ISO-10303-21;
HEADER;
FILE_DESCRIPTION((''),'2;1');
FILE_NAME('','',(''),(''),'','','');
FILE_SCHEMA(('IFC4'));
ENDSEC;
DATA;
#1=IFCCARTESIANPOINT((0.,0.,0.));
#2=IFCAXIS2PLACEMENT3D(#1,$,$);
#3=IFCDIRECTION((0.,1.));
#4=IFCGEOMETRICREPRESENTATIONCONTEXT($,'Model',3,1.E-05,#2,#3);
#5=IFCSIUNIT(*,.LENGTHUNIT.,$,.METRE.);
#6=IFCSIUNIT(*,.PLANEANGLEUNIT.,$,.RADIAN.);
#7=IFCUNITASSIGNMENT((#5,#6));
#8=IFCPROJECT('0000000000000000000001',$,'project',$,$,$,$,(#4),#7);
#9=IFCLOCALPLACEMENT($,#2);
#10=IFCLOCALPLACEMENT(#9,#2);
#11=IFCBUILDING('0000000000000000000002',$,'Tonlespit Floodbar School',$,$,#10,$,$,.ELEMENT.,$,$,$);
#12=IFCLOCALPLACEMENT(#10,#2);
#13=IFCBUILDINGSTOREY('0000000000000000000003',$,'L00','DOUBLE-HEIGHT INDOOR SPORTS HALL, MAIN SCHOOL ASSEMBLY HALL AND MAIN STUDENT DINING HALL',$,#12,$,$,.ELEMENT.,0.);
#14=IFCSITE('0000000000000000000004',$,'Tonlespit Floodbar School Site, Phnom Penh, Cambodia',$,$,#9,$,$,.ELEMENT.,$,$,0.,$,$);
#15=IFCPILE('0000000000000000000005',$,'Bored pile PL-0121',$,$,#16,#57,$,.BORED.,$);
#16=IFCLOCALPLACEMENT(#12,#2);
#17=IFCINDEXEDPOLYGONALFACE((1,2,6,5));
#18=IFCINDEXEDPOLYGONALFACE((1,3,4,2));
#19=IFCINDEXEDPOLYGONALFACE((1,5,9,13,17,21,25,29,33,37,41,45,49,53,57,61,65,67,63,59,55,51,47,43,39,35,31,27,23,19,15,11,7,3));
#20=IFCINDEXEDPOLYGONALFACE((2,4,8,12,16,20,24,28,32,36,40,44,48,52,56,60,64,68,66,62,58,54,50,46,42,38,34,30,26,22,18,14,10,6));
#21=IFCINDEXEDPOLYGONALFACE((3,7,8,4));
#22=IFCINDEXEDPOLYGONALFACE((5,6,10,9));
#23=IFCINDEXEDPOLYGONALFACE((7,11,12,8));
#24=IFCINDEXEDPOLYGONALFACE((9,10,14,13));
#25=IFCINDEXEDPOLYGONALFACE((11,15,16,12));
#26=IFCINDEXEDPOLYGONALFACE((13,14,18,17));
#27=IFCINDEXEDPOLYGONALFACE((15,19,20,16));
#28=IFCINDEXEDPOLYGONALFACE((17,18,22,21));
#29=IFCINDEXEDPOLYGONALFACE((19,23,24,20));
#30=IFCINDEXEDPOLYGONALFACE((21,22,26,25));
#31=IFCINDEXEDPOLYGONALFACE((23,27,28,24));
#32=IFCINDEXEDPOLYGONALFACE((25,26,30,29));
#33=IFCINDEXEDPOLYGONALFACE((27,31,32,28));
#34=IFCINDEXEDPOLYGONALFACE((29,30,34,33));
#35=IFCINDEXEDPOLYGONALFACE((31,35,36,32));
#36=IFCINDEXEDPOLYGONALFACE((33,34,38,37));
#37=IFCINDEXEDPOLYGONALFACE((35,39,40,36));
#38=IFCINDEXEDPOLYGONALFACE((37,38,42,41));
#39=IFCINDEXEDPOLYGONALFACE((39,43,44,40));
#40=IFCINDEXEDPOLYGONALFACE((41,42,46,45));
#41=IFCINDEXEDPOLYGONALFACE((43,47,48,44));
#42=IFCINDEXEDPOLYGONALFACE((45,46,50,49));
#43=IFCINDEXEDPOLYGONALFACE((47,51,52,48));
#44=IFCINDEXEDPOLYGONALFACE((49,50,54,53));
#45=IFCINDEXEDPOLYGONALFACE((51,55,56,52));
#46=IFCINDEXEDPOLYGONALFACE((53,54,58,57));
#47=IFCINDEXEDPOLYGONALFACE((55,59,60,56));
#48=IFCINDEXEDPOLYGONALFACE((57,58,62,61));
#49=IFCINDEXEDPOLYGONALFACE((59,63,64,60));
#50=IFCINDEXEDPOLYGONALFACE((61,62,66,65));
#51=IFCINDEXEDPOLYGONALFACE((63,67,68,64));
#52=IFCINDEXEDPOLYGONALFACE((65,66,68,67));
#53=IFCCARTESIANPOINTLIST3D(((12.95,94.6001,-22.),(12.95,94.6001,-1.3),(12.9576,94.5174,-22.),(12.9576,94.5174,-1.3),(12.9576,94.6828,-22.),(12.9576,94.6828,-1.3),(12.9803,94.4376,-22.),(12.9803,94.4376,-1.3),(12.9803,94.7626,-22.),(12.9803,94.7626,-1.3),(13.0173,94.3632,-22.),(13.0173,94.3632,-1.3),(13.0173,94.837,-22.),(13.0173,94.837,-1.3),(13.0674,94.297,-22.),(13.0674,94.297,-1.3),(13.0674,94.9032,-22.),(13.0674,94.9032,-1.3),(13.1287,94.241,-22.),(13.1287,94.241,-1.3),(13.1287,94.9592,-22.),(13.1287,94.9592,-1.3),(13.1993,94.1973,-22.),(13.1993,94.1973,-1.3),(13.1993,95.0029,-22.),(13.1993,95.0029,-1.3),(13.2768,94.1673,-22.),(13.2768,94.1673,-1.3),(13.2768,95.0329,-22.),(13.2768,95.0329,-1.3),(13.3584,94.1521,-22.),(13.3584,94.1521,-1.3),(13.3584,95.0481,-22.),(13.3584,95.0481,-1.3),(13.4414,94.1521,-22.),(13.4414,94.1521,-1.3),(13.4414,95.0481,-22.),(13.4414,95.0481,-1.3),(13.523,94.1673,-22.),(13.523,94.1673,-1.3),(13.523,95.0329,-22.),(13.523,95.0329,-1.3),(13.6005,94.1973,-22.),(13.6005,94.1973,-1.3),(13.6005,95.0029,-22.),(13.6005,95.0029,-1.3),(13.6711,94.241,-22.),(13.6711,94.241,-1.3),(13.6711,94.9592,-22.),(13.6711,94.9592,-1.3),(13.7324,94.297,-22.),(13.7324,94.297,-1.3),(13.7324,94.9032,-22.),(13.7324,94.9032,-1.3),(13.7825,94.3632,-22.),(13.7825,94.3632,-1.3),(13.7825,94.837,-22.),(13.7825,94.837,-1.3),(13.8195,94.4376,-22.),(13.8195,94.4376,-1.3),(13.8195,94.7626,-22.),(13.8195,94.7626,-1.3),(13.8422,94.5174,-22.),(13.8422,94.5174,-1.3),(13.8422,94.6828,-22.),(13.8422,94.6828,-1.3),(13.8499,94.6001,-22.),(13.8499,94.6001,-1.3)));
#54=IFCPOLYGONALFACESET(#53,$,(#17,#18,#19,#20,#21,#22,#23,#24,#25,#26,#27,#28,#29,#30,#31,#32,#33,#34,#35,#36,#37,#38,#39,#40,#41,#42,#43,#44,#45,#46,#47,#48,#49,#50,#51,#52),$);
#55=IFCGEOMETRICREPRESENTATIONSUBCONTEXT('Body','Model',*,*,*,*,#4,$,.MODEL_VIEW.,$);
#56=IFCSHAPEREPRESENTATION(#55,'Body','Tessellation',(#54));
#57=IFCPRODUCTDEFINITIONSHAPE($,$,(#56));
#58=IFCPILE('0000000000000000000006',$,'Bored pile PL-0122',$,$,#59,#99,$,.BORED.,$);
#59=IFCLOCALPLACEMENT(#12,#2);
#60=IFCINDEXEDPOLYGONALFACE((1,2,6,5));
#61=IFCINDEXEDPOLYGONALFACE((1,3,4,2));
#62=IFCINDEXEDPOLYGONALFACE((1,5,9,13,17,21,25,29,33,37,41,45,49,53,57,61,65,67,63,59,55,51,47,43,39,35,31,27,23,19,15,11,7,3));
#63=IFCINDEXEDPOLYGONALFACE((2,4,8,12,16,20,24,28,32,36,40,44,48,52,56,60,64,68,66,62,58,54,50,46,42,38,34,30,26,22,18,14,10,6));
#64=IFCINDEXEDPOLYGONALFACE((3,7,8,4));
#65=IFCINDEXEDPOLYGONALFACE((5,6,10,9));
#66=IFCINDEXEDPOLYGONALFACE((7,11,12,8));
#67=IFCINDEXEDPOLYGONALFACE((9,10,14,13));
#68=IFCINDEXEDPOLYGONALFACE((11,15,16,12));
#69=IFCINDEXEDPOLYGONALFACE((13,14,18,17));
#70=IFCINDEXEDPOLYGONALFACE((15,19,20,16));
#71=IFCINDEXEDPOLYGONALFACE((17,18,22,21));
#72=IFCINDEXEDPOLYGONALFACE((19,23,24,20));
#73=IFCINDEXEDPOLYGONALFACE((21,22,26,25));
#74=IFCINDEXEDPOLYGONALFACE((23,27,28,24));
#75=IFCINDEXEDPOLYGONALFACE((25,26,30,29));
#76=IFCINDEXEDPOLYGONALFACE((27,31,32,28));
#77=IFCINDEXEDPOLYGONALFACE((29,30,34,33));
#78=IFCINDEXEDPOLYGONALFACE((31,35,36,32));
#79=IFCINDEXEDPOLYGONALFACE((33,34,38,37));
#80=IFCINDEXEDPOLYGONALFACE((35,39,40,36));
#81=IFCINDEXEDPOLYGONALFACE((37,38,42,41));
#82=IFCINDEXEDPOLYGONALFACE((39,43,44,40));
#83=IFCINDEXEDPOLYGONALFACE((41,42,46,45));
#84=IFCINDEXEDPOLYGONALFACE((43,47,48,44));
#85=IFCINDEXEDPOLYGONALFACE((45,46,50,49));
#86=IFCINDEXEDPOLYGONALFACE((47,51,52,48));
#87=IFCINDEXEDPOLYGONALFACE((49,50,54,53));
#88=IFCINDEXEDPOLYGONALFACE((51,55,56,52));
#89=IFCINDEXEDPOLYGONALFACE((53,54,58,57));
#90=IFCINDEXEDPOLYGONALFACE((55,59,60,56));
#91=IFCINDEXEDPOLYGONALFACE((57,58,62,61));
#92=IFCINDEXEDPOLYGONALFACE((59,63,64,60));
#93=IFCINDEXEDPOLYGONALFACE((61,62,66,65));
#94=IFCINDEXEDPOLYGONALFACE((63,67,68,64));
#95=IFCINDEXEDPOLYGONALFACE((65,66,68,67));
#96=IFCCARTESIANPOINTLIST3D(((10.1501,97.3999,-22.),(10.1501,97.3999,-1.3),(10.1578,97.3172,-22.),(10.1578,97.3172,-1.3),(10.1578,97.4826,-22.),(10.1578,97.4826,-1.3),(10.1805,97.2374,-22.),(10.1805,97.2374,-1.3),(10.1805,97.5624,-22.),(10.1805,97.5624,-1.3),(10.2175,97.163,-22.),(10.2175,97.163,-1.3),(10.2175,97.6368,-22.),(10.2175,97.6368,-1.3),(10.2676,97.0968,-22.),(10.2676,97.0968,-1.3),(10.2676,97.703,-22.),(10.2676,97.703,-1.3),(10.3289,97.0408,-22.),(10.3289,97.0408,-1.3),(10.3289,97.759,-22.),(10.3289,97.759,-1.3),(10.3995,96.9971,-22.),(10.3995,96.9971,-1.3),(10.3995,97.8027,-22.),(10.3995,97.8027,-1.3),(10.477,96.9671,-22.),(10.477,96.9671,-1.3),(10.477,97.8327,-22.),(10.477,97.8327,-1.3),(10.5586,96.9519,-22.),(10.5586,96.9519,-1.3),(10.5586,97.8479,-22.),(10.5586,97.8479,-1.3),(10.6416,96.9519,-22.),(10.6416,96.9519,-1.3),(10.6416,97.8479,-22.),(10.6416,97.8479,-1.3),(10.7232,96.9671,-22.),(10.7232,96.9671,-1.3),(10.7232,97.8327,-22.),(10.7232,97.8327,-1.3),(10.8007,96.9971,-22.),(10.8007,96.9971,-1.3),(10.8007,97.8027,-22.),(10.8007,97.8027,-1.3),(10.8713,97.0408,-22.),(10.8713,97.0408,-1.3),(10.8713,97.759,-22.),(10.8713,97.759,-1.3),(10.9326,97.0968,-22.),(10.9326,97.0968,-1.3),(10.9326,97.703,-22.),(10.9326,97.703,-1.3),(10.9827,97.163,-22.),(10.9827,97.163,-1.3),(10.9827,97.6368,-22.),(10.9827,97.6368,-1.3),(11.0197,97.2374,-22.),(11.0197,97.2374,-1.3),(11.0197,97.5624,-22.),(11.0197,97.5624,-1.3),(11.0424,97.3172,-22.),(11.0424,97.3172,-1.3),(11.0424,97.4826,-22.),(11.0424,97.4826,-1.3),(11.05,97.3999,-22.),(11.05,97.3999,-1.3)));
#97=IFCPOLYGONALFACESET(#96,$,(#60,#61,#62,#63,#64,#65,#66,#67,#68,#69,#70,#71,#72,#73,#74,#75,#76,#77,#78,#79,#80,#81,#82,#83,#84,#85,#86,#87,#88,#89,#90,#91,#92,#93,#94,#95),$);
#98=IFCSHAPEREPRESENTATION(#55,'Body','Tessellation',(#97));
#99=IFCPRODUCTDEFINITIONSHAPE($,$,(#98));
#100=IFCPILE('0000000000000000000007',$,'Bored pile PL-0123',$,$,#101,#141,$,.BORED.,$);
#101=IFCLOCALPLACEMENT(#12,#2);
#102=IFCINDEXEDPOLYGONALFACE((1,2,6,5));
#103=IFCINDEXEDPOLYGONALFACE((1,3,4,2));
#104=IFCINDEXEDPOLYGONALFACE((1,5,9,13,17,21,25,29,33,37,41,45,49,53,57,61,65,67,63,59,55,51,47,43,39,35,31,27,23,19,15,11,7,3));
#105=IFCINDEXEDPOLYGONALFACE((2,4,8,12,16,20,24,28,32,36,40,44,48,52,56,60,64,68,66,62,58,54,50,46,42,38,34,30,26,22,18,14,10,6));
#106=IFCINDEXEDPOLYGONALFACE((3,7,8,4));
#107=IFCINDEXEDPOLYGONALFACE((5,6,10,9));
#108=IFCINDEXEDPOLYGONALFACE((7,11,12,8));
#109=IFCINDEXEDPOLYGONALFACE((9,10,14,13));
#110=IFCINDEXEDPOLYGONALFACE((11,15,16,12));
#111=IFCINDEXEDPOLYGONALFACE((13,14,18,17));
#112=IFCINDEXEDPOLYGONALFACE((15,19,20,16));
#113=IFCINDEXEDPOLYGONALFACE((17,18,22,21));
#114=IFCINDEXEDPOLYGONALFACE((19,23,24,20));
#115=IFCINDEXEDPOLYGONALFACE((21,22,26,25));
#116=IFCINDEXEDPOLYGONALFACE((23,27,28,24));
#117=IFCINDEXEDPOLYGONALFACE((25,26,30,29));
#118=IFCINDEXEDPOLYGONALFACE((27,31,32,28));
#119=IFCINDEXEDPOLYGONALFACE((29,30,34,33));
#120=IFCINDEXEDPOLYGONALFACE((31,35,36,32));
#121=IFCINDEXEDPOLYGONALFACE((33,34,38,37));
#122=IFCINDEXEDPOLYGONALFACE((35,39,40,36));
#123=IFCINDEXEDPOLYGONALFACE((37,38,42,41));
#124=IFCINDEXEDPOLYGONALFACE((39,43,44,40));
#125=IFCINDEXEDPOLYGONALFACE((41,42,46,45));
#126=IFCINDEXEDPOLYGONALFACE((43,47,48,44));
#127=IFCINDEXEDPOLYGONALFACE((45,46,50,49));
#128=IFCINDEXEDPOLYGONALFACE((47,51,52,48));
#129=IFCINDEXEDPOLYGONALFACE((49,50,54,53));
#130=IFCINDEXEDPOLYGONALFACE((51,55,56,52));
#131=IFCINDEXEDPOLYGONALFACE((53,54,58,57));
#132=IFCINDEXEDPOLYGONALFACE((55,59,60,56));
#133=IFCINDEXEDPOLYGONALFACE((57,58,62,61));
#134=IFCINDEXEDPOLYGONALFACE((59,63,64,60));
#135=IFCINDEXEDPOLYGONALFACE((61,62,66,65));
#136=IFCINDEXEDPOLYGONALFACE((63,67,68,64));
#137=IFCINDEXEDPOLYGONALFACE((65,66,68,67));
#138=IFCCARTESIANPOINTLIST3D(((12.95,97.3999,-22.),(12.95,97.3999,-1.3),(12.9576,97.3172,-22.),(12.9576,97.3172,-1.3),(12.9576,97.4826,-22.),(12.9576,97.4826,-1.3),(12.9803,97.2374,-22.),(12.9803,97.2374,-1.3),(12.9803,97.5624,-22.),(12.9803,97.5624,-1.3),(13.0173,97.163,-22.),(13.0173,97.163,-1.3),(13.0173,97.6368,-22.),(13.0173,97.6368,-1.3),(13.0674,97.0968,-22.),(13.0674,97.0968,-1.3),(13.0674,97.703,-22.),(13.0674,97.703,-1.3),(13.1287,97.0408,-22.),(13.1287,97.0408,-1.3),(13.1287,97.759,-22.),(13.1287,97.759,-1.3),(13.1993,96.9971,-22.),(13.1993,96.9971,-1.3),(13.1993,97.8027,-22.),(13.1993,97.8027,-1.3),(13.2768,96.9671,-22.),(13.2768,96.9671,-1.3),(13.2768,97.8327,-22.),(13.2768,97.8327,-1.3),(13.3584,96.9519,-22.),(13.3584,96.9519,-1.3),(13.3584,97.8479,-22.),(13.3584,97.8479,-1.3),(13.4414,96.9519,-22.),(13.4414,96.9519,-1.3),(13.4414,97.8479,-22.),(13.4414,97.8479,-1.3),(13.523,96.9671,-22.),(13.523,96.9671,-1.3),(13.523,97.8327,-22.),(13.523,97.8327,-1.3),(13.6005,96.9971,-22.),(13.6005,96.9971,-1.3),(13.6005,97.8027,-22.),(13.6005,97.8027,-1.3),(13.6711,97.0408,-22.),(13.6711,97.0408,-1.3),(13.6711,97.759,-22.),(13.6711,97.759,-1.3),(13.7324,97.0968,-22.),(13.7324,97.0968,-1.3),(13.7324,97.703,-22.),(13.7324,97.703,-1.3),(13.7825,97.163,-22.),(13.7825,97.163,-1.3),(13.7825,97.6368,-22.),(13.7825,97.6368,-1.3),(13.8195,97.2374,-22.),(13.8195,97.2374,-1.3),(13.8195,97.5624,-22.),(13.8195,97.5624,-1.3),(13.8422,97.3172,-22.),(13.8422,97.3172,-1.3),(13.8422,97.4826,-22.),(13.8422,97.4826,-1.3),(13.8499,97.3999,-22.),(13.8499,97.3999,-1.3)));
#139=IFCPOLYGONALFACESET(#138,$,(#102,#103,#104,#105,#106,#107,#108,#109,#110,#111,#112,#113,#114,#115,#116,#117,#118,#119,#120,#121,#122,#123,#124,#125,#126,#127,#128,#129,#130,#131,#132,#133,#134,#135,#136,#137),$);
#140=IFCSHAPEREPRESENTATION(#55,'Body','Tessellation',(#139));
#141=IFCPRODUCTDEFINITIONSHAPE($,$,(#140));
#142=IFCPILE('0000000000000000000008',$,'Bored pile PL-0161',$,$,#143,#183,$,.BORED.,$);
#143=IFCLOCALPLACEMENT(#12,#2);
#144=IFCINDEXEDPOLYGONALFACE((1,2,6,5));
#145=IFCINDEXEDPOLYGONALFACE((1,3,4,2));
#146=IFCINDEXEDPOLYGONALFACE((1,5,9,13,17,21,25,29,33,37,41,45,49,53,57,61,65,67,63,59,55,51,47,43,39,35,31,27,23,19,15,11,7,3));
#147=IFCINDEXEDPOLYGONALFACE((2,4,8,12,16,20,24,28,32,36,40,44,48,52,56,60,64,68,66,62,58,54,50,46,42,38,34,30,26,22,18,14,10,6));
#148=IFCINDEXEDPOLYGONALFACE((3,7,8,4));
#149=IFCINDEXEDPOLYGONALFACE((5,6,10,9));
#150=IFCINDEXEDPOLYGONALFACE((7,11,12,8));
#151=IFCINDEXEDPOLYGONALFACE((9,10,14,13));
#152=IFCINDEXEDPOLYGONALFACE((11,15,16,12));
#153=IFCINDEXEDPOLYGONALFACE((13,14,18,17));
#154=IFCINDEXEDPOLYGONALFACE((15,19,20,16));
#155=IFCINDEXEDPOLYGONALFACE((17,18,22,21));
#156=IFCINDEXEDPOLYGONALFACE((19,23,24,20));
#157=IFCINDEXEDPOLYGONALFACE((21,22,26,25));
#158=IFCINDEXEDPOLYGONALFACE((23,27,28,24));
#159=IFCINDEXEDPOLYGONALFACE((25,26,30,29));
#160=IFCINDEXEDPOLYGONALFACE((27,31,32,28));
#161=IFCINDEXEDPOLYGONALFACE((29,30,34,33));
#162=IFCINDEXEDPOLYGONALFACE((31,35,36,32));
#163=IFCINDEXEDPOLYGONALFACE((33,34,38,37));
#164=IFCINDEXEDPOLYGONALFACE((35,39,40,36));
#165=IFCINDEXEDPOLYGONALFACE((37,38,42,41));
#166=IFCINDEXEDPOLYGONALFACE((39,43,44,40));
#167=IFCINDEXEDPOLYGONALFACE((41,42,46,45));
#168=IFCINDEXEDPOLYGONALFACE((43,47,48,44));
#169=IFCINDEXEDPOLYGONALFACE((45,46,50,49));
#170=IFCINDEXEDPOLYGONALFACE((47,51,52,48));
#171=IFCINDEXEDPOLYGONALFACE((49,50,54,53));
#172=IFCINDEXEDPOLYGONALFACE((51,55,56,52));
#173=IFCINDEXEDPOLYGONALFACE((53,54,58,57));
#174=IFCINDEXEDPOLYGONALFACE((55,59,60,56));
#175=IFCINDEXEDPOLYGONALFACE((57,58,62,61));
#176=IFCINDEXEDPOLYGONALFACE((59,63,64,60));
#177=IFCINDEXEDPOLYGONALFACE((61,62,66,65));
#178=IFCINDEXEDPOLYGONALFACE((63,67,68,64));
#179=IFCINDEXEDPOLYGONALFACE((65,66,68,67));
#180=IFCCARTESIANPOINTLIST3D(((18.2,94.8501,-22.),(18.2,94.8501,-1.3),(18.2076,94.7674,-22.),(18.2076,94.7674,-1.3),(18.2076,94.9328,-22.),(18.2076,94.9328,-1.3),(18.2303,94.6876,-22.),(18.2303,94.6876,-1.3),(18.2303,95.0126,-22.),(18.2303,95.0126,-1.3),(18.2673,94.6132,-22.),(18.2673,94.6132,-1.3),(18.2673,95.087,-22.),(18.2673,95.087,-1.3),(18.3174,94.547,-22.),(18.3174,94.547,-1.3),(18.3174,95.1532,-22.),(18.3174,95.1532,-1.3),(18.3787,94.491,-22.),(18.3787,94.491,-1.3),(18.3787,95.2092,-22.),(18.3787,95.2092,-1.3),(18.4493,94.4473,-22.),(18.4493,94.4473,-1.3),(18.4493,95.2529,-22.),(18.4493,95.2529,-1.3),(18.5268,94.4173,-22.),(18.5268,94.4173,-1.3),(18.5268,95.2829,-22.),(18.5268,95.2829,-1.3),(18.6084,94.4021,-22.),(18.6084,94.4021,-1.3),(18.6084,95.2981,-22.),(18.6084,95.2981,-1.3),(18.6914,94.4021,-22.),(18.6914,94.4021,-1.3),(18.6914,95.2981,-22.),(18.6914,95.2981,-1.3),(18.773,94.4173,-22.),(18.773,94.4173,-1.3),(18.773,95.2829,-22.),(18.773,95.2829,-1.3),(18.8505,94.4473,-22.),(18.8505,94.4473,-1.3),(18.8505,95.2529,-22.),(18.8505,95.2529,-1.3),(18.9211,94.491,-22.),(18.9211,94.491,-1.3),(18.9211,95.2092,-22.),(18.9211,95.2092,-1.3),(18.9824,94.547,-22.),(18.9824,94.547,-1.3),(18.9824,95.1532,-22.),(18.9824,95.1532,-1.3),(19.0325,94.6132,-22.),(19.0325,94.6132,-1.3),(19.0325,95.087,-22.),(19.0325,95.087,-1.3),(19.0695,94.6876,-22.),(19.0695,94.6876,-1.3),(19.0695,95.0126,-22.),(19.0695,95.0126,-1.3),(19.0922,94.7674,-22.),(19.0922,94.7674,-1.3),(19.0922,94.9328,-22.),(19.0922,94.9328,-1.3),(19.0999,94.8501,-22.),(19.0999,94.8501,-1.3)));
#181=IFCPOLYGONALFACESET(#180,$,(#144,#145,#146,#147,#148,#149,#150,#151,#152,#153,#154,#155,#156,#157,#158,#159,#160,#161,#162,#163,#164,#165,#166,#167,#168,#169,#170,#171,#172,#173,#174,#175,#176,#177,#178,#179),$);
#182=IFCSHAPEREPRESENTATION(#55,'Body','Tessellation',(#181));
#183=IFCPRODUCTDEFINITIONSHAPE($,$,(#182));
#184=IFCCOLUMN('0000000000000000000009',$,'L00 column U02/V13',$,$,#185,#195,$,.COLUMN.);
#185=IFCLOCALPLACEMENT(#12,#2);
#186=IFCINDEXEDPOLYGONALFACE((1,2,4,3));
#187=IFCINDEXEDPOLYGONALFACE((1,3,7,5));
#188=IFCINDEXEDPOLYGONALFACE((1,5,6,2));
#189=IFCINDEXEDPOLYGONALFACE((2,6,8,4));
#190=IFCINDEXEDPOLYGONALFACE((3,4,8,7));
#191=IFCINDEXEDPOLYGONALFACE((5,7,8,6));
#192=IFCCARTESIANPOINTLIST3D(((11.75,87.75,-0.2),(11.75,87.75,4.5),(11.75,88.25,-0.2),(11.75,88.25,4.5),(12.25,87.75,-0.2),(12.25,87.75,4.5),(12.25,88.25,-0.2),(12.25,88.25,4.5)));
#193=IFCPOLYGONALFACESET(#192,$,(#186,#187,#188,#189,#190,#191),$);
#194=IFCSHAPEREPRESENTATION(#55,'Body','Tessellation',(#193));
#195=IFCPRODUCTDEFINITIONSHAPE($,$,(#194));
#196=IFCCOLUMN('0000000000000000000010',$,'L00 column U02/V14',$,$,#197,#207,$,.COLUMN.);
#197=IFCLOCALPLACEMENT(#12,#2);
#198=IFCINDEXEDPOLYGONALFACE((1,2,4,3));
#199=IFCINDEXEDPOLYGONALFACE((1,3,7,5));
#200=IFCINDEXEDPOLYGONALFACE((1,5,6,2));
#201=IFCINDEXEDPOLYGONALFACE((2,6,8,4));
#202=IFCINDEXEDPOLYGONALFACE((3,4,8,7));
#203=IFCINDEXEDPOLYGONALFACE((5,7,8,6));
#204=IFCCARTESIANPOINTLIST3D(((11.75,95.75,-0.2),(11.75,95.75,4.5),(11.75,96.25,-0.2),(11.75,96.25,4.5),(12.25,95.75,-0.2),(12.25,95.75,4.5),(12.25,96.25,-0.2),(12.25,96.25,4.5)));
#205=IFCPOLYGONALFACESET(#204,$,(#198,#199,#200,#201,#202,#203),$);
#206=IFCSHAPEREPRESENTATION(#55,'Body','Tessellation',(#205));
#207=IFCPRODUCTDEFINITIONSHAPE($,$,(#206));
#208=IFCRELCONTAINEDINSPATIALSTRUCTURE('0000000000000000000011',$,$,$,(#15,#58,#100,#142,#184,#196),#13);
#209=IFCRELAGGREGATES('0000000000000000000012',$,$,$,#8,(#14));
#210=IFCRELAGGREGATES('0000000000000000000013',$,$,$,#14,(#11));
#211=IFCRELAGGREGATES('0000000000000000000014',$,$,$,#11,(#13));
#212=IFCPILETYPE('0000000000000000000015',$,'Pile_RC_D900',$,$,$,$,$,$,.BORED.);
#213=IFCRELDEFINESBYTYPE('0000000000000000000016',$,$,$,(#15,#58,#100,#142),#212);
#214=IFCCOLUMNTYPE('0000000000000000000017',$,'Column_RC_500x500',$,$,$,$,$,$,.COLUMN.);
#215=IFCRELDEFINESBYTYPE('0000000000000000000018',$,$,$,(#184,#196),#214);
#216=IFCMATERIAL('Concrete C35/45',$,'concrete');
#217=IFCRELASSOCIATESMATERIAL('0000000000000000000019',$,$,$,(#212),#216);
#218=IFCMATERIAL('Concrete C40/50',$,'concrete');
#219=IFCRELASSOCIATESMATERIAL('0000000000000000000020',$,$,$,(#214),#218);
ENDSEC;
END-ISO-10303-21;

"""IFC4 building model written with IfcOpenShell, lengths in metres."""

from ifc_helpers import new_model, si_unit, direction, frame, origin, origin_2d, place, context, subcontext, project, spatial, rectangle, circle, extrude, material, material_profile, profile_set, type_object, element, save


model = new_model("IFC4")

# Units and contexts
model_context = context("Model", 3, precision=1e-05, world=origin(), true_north=direction((0.0, 1.0)))
body_context = subcontext(model_context, "Body", "Model", "MODEL_VIEW")
ifc_project = project(units=[si_unit("LENGTHUNIT", "METRE"), si_unit("PLANEANGLEUNIT", "RADIAN")], contexts=[model_context])

# Site, building, storey
site_placement = place(None, origin())
site = spatial("IfcSite", under=ifc_project, at=site_placement, Name="Tonlespit Floodbar School Site, Phnom Penh, Cambodia", CompositionType="ELEMENT", RefElevation=0.0)
building_placement = place(site_placement, origin())
building = spatial("IfcBuilding", under=site, at=building_placement, Name="Tonlespit Floodbar School", CompositionType="ELEMENT")
storey_placement = place(building_placement, origin())
storey = spatial("IfcBuildingStorey", under=building, at=storey_placement, Name="L00", Description="DOUBLE-HEIGHT INDOOR SPORTS HALL, MAIN SCHOOL ASSEMBLY HALL AND MAIN STUDENT DINING HALL", CompositionType="ELEMENT", Elevation=0.0)

# Shared definitions
ifc_material_1 = material(Name="Concrete C40/50", Category="concrete")

# Piles
ifc_material_2 = material(Name="Concrete C35/45", Category="concrete")
ifc_material_profile_1 = material_profile(ifc_material_2, circle(Radius=0.45, at=origin_2d()), Name="BP D900")
ifc_profile_set_1 = profile_set([ifc_material_profile_1], Name="Concrete C35/45")
pile_type = type_object("IfcPileType", Name="Pile_RC_D900", PredefinedType="BORED", material=ifc_profile_set_1)
for number, where, z_axis, x_axis, name in (
    (1, (13.3999, 94.6001, -1.3), (0.0, 0.0, -1.0), (1.0, 0.0, 0.0), "Bored pile PL-0121"),
    (2, (10.6001, 97.3999, -1.3), (0.0, 0.0, -1.0), (1.0, 0.0, 0.0), "Bored pile PL-0122"),
    (3, (13.3999, 97.3999, -1.3), (0.0, 0.0, -1.0), (1.0, 0.0, 0.0), "Bored pile PL-0123"),
    (4, (18.6499, 94.8501, -1.3), (0.0, 0.0, -1.0), (1.0, 0.0, 0.0), "Bored pile PL-0161"),
):
    element("IfcPile", number, at=place(storey_placement, frame(where, z_axis=z_axis, x_axis=x_axis)), inside=storey, type_object=pile_type, Name=name, PredefinedType="BORED", context=body_context, shape_type="SweptSolid", body=[
        extrude(circle(Radius=0.45, at=origin_2d()), origin(), (0.0, 0.0, 1.0), 20.7),
    ])

# Columns
ifc_material_profile_2 = material_profile(ifc_material_1, rectangle(XDim=0.5, YDim=0.5, at=origin_2d()), Name="RC 500x500")
ifc_profile_set_2 = profile_set([ifc_material_profile_2], Name="Concrete C40/50")
column_type_1 = type_object("IfcColumnType", Name="Column_RC_500x500", PredefinedType="COLUMN", material=ifc_profile_set_2)
for number, where, z_axis, x_axis, name in (
    (5, (12.0, 88.0, -0.2), (0.0, 0.0, 1.0), (1.0, 0.0, 0.0), "L00 column U02/V13"),
    (6, (12.0, 96.0, -0.2), (0.0, 0.0, 1.0), (1.0, 0.0, 0.0), "L00 column U02/V14"),
):
    element("IfcColumn", number, at=place(storey_placement, frame(where, z_axis=z_axis, x_axis=x_axis)), inside=storey, type_object=column_type_1, Name=name, PredefinedType="COLUMN", context=body_context, shape_type="SweptSolid", body=[
        extrude(rectangle(XDim=0.5, YDim=0.5, at=origin_2d()), origin(), (0.0, 0.0, 1.0), 4.7),
    ])

save(model, "model.ifc")
